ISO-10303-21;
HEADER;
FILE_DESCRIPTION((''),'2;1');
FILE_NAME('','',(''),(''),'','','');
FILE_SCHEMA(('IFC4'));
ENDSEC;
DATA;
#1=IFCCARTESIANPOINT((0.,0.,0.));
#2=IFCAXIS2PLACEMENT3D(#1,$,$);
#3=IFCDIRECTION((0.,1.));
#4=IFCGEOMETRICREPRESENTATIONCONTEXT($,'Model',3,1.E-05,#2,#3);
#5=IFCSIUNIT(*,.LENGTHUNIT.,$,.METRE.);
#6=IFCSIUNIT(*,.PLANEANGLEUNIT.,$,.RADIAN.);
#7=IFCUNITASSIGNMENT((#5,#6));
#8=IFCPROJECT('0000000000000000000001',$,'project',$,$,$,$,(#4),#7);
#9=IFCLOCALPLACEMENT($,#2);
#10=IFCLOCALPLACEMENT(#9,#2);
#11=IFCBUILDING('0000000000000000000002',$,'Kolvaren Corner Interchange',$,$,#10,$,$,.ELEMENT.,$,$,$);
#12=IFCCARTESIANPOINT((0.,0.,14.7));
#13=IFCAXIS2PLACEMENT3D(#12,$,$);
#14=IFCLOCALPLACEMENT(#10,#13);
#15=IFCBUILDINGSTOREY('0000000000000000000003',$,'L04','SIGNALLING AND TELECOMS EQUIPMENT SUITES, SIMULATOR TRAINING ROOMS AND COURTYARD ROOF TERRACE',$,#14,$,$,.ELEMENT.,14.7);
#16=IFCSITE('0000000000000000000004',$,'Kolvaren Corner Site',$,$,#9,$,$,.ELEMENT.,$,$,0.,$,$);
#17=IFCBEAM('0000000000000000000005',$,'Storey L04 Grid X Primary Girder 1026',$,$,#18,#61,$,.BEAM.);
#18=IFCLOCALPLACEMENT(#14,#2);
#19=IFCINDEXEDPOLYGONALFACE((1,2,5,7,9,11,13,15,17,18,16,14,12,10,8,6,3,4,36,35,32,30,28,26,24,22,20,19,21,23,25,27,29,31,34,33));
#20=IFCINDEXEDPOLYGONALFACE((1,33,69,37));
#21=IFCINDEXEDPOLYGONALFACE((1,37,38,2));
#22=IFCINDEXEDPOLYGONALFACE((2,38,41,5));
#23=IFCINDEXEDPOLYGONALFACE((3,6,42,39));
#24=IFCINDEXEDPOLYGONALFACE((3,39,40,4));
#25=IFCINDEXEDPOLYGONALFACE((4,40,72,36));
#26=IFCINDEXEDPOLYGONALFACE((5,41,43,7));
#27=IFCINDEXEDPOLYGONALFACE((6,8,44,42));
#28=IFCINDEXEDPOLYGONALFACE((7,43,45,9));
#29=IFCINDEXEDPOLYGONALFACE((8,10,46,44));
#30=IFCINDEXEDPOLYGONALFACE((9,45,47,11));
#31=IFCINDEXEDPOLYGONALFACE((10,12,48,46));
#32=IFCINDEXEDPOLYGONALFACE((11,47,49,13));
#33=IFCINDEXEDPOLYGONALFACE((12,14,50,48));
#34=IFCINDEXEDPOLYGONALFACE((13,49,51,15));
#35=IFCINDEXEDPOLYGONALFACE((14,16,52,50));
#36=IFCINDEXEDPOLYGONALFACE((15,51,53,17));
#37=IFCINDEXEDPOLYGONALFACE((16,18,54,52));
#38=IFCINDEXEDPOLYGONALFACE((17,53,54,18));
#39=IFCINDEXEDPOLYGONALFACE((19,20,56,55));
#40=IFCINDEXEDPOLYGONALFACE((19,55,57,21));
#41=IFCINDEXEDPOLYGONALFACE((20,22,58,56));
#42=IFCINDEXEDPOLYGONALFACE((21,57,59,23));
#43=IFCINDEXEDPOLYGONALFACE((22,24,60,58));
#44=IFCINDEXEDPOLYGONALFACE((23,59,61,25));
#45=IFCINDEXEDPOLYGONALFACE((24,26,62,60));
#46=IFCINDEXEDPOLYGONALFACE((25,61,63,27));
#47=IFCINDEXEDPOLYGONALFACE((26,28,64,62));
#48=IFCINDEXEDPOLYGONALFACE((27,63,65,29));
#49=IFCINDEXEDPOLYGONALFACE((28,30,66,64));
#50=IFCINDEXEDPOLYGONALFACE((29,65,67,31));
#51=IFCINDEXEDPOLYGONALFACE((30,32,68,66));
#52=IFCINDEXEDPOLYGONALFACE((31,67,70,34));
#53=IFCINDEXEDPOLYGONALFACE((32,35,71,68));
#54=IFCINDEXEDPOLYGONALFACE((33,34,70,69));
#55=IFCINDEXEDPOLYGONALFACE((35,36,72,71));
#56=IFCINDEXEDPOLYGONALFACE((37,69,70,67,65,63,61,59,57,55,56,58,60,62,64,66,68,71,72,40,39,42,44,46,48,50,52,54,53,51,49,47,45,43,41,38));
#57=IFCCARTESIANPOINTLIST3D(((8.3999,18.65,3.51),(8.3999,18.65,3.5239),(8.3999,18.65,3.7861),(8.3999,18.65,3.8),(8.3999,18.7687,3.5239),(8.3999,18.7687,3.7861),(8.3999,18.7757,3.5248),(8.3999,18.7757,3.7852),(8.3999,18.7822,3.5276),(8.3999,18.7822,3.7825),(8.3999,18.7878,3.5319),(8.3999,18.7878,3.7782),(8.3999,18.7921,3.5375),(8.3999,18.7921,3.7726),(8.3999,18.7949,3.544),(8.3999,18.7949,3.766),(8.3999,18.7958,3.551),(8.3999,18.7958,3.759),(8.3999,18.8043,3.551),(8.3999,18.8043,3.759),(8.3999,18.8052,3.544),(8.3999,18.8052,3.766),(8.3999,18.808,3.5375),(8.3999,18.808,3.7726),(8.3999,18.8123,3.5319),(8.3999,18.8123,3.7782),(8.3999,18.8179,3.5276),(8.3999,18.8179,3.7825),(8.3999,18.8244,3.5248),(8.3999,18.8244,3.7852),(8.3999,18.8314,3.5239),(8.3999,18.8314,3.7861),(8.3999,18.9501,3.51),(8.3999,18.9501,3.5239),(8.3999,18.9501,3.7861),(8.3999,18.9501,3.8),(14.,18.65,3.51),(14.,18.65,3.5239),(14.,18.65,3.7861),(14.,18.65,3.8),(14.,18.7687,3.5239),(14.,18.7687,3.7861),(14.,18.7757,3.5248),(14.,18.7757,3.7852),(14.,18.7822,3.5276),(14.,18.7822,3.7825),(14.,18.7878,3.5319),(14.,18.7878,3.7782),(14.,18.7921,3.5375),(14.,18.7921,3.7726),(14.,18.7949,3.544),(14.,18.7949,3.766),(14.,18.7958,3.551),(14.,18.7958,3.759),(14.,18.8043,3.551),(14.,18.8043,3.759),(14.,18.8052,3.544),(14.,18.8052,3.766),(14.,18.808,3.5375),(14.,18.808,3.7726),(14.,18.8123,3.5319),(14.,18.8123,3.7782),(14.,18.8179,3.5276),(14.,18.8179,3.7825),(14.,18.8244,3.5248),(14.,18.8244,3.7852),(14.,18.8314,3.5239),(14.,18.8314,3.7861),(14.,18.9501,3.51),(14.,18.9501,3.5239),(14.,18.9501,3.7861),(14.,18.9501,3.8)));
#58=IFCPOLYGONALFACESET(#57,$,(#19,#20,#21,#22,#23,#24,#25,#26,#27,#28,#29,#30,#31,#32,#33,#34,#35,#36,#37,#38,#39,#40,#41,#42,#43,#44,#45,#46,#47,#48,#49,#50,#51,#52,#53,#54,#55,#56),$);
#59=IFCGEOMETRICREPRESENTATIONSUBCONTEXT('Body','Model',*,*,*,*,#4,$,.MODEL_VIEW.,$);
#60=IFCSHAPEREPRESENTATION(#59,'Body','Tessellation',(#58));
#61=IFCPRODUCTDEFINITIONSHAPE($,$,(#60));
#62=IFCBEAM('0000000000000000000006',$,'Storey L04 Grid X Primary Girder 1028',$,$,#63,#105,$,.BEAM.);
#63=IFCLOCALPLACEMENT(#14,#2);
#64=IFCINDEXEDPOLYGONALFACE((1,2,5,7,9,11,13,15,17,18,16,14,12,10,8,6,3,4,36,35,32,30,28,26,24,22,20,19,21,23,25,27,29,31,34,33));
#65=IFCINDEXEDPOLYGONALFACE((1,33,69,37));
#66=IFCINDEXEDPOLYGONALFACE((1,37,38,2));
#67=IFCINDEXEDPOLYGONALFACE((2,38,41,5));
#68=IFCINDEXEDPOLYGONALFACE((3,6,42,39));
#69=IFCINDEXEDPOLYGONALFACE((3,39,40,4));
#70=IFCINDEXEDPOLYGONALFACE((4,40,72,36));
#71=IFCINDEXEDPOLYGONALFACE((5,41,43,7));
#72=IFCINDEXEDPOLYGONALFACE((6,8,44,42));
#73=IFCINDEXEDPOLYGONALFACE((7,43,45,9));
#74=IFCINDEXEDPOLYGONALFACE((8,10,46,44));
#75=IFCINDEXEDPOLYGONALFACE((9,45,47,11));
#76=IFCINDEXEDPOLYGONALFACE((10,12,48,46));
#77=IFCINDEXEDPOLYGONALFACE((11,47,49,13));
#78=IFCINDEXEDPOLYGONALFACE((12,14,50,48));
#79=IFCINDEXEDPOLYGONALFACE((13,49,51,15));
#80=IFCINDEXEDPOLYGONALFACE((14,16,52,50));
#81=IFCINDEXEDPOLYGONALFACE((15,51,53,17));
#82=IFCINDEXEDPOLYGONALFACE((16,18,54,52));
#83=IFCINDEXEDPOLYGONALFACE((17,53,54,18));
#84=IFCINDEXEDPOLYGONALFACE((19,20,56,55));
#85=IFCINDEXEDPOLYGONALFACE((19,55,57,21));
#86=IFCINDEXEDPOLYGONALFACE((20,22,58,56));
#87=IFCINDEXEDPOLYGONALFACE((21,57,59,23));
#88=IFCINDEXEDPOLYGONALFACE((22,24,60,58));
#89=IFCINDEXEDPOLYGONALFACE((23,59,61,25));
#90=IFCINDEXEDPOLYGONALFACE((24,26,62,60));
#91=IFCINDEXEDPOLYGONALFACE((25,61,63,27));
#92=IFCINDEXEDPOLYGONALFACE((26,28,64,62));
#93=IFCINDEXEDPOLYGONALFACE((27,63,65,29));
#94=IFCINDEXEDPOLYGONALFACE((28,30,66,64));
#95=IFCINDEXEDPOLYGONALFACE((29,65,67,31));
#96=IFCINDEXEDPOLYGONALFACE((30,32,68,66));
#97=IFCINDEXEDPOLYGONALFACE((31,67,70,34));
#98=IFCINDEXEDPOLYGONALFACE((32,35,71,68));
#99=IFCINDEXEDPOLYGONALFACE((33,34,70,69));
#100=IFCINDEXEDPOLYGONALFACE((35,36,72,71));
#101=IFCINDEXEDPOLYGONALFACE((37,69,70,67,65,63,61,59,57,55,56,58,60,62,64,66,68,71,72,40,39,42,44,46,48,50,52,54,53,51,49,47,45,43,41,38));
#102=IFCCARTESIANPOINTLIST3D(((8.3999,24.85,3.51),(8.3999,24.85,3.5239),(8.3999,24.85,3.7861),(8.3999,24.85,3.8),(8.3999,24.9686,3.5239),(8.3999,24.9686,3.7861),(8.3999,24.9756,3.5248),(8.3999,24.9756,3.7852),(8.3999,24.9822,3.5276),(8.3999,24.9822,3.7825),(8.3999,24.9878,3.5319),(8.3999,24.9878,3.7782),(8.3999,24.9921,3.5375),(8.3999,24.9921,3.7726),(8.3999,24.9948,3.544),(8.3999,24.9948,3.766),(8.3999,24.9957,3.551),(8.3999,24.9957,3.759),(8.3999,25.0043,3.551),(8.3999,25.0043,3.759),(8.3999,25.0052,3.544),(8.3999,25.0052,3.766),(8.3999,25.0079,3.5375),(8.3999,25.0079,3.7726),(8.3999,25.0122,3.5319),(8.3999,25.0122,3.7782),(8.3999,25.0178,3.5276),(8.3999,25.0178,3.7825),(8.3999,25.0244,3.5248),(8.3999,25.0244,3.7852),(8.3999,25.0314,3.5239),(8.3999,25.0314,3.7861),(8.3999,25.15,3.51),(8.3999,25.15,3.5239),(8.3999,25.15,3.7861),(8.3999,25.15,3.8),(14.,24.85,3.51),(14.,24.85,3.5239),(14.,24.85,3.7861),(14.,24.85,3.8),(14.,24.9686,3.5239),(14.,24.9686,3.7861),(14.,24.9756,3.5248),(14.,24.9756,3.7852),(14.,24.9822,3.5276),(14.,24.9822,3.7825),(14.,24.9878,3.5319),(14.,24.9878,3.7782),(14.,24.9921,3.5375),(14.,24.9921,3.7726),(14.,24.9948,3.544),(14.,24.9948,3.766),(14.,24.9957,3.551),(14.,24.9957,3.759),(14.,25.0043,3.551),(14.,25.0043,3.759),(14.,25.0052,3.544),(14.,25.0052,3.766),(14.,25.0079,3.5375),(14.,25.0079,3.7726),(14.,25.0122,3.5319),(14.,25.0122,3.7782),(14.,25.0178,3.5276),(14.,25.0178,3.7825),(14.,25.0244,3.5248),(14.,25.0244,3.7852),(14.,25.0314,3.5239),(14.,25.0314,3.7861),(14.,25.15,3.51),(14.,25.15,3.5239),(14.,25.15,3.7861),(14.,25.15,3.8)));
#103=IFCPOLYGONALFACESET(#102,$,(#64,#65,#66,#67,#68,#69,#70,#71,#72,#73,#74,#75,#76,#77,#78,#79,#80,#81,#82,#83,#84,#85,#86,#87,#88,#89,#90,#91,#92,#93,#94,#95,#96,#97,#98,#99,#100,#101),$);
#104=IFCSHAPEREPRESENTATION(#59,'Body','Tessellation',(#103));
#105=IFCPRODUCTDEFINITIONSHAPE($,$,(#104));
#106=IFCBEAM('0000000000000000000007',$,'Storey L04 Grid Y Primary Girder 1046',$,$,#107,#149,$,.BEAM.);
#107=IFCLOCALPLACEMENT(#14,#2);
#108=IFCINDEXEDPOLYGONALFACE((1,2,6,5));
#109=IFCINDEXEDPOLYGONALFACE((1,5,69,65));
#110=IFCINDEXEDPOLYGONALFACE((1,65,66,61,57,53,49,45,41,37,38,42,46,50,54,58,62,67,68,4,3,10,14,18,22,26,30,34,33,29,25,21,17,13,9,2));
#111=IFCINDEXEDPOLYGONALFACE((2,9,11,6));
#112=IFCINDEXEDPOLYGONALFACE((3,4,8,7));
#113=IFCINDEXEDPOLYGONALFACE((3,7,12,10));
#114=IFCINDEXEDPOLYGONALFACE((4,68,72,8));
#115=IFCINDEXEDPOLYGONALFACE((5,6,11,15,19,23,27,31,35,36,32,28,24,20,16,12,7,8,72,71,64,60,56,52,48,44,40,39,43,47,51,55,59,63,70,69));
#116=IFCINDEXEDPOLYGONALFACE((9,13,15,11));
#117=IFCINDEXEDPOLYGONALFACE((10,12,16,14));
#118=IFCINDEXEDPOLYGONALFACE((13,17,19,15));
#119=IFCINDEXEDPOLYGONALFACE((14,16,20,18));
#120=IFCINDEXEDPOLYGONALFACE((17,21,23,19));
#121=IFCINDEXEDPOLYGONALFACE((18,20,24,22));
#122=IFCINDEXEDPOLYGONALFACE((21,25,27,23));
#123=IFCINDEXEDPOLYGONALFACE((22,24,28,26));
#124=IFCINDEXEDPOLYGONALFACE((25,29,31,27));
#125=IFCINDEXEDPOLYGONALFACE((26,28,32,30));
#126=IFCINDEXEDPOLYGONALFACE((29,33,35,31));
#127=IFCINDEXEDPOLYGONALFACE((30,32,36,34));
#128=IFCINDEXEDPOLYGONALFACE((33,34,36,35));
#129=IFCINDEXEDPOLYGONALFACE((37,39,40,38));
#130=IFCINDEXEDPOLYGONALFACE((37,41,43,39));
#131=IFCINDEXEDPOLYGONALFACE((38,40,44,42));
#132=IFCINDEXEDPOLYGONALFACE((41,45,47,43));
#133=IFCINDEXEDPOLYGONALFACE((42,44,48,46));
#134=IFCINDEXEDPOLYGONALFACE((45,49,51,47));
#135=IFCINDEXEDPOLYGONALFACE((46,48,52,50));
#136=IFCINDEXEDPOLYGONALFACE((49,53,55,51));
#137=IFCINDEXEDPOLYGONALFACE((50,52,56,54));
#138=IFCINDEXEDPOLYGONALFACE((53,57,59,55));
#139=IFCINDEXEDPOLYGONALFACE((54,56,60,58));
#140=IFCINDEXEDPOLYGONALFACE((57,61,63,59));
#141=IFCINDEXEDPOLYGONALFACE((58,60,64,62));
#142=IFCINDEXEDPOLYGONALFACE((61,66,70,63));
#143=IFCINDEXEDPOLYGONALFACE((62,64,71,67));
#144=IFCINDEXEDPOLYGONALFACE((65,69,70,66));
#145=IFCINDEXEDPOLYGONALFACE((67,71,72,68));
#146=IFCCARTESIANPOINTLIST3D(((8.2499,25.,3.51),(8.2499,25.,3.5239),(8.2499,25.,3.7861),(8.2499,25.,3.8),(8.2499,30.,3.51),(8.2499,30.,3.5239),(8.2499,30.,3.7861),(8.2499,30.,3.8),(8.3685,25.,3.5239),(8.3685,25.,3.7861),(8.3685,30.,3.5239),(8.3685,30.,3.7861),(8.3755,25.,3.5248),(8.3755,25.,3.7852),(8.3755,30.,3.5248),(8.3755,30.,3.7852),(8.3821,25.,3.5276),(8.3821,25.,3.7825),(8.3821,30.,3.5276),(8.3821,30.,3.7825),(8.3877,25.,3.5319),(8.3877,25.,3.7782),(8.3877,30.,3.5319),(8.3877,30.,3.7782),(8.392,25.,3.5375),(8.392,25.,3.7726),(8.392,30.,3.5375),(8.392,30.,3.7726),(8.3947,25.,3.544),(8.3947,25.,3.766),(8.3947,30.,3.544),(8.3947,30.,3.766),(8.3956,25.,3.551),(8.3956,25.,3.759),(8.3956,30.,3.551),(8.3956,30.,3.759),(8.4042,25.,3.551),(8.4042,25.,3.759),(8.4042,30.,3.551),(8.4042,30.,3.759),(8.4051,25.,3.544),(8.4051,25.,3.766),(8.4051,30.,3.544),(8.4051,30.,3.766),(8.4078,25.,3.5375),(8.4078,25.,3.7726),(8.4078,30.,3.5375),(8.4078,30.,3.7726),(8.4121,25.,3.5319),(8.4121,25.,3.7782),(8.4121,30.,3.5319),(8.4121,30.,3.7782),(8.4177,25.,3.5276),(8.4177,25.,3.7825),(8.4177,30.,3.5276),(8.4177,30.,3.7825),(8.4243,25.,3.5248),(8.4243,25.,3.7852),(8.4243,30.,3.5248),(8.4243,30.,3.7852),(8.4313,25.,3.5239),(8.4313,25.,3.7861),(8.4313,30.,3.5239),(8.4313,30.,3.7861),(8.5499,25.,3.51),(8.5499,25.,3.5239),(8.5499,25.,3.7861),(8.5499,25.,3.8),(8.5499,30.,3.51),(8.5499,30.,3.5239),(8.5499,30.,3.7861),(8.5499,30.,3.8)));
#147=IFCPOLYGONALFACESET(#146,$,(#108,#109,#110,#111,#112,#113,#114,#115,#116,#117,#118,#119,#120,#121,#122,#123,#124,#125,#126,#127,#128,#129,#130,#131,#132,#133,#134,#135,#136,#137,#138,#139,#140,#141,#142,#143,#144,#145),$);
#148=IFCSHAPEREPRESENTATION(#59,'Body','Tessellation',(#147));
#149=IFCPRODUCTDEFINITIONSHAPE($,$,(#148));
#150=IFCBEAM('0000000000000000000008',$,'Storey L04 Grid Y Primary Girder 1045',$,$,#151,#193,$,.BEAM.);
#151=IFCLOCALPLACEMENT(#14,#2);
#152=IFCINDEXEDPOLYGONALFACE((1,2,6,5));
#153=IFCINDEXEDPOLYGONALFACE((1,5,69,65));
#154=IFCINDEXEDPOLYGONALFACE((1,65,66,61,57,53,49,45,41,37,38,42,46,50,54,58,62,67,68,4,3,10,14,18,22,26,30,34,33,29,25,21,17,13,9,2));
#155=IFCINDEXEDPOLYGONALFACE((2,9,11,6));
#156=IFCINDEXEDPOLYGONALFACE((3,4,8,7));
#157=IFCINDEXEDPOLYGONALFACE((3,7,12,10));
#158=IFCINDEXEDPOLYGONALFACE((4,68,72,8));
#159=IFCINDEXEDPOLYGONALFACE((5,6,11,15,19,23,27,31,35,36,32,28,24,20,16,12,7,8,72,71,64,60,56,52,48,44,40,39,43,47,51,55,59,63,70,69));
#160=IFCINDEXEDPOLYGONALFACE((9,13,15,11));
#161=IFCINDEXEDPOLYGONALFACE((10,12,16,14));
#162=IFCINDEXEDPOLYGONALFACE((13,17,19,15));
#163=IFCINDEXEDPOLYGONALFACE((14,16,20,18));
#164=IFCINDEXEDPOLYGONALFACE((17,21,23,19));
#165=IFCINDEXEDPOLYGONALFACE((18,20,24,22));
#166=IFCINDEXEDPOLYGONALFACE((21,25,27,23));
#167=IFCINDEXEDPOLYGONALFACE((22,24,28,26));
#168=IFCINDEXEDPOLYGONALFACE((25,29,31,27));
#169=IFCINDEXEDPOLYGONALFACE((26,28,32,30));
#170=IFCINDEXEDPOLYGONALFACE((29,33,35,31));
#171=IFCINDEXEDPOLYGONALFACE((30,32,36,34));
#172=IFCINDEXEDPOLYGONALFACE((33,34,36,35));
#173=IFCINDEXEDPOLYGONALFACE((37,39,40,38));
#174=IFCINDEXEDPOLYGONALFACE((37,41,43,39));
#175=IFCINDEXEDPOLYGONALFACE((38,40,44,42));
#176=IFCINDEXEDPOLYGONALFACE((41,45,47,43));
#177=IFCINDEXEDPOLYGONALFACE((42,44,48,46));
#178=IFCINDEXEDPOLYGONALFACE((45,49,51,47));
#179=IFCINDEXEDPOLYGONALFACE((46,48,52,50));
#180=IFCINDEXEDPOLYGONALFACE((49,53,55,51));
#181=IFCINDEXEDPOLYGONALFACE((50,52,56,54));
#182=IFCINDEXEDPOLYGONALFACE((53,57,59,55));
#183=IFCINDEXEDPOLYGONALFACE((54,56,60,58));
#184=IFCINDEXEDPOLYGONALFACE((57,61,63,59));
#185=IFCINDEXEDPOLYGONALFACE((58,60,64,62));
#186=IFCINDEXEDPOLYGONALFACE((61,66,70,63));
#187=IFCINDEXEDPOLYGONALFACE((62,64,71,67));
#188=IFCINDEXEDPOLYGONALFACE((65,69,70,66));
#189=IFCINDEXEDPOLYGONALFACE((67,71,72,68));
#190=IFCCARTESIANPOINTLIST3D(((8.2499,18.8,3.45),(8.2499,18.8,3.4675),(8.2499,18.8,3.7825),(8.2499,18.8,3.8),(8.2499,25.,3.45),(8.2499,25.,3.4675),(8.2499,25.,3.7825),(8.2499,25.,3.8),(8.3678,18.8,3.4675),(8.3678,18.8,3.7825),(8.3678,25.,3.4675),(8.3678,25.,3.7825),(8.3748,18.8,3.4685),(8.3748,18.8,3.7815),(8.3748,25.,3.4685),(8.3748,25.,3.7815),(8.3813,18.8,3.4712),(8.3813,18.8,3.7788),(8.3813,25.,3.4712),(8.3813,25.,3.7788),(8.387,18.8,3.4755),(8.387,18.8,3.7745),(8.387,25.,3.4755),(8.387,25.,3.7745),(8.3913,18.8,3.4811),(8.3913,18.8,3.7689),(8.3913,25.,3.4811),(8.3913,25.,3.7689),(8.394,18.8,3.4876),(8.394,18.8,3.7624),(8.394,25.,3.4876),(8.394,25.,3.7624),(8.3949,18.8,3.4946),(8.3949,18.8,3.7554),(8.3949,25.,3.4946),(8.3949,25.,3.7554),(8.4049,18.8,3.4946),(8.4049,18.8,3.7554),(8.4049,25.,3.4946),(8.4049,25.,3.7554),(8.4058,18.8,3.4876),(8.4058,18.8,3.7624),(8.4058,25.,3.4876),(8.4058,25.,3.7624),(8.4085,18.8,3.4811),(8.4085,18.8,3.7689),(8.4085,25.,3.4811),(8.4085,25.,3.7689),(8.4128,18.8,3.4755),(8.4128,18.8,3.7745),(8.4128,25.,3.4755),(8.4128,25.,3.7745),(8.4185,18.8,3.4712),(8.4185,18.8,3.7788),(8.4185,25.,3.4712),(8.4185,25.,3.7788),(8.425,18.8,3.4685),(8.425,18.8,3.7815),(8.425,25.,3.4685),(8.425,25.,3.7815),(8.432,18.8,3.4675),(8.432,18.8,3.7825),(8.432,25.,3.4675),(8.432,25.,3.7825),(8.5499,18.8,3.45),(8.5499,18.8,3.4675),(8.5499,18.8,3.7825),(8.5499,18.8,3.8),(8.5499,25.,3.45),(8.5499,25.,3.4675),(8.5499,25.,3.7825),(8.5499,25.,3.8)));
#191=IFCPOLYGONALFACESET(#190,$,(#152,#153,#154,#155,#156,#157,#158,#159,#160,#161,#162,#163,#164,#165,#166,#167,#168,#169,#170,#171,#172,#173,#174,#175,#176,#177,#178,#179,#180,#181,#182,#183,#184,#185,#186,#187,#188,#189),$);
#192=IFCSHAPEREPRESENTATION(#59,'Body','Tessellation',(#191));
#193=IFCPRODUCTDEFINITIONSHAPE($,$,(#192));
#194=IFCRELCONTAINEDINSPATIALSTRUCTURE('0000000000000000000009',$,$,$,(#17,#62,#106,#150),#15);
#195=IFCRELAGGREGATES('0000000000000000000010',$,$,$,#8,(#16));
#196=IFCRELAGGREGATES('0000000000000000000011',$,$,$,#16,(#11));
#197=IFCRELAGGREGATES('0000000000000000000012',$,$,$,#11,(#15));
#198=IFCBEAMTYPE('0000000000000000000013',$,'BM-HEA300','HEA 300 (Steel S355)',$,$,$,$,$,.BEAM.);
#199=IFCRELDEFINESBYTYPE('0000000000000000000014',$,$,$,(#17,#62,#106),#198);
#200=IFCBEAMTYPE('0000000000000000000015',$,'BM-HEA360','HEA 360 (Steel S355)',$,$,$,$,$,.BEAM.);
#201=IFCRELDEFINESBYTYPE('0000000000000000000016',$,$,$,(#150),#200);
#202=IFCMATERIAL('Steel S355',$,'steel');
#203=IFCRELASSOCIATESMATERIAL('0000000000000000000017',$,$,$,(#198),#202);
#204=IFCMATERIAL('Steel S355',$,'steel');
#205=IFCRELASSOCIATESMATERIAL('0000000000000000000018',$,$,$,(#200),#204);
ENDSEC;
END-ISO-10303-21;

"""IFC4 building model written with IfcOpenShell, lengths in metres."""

from ifc_helpers import new_model, si_unit, direction, frame, origin, origin_2d, place, context, subcontext, project, spatial, i_section, extrude, material, material_profile, profile_set, type_object, element, save


model = new_model("IFC4")

# Units and contexts
model_context = context("Model", 3, precision=1e-05, world=origin(), true_north=direction((0.0, 1.0)))
body_context = subcontext(model_context, "Body", "Model", "MODEL_VIEW")
ifc_project = project(units=[si_unit("LENGTHUNIT", "METRE"), si_unit("PLANEANGLEUNIT", "RADIAN")], contexts=[model_context])

# Site, building, storey
site_placement = place(None, origin())
site = spatial("IfcSite", under=ifc_project, at=site_placement, Name="Kolvaren Corner Site", CompositionType="ELEMENT", RefElevation=0.0)
building_placement = place(site_placement, origin())
building = spatial("IfcBuilding", under=site, at=building_placement, Name="Kolvaren Corner Interchange", CompositionType="ELEMENT")
storey_placement = place(building_placement, frame((0.0, 0.0, 14.7)))
storey = spatial("IfcBuildingStorey", under=building, at=storey_placement, Name="L04", Description="SIGNALLING AND TELECOMS EQUIPMENT SUITES, SIMULATOR TRAINING ROOMS AND COURTYARD ROOF TERRACE", CompositionType="ELEMENT", Elevation=14.7)

# Beams
ifc_material_1 = material(Name="Steel S355", Category="steel")
ifc_material_profile_1 = material_profile(ifc_material_1, i_section(OverallWidth=0.3, OverallDepth=0.29, WebThickness=0.0085, FlangeThickness=0.0139, FilletRadius=0.0271, at=origin_2d()), Name="HEA 300")
ifc_profile_set_1 = profile_set([ifc_material_profile_1], Name="Steel S355")
beam_type_1 = type_object("IfcBeamType", Name="BM-HEA300", Description="HEA 300 (Steel S355)", PredefinedType="BEAM", material=ifc_profile_set_1)
for number, where, z_axis, x_axis, name in (
    (1, (8.3999, 18.8, 3.655), (1.0, 0.0, 0.0), (0.0, 1.0, 0.0), "Storey L04 Grid X Primary Girder 1026"),
    (2, (8.3999, 25.0, 3.655), (1.0, 0.0, 0.0), (0.0, 1.0, 0.0), "Storey L04 Grid X Primary Girder 1028"),
):
    element("IfcBeam", number, at=place(storey_placement, frame(where, z_axis=z_axis, x_axis=x_axis)), inside=storey, type_object=beam_type_1, Name=name, PredefinedType="BEAM", context=body_context, shape_type="SweptSolid", body=[
        extrude(i_section(OverallWidth=0.3, OverallDepth=0.29, WebThickness=0.0085, FlangeThickness=0.0139, FilletRadius=0.0271, at=origin_2d()), origin(), (0.0, 0.0, 1.0), 5.6001),
    ])
beam_1_placement = place(storey_placement, frame((8.3999, 25.0, 3.655), z_axis=(0.0, 1.0, 0.0), x_axis=(-1.0, 0.0, 0.0)))
element("IfcBeam", 3, at=beam_1_placement, inside=storey, type_object=beam_type_1, Name="Storey L04 Grid Y Primary Girder 1046", PredefinedType="BEAM", context=body_context, shape_type="SweptSolid", body=[
    extrude(i_section(OverallWidth=0.3, OverallDepth=0.29, WebThickness=0.0085, FlangeThickness=0.0139, FilletRadius=0.0271, at=origin_2d()), origin(), (0.0, 0.0, 1.0), 5.0),
])
ifc_material_2 = material(Name="Steel S355", Category="steel")
ifc_material_profile_2 = material_profile(ifc_material_2, i_section(OverallWidth=0.3, OverallDepth=0.3501, WebThickness=0.01, FlangeThickness=0.0176, FilletRadius=0.0271, at=origin_2d()), Name="HEA 360")
ifc_profile_set_2 = profile_set([ifc_material_profile_2], Name="Steel S355")
beam_type_2 = type_object("IfcBeamType", Name="BM-HEA360", Description="HEA 360 (Steel S355)", PredefinedType="BEAM", material=ifc_profile_set_2)
beam_2_placement = place(storey_placement, frame((8.3999, 18.8, 3.625), z_axis=(0.0, 1.0, 0.0), x_axis=(-1.0, 0.0, 0.0)))
element("IfcBeam", 4, at=beam_2_placement, inside=storey, type_object=beam_type_2, Name="Storey L04 Grid Y Primary Girder 1045", PredefinedType="BEAM", context=body_context, shape_type="SweptSolid", body=[
    extrude(i_section(OverallWidth=0.3, OverallDepth=0.3501, WebThickness=0.01, FlangeThickness=0.0176, FilletRadius=0.0271, at=origin_2d()), origin(), (0.0, 0.0, 1.0), 6.2),
])

save(model, "model.ifc")
